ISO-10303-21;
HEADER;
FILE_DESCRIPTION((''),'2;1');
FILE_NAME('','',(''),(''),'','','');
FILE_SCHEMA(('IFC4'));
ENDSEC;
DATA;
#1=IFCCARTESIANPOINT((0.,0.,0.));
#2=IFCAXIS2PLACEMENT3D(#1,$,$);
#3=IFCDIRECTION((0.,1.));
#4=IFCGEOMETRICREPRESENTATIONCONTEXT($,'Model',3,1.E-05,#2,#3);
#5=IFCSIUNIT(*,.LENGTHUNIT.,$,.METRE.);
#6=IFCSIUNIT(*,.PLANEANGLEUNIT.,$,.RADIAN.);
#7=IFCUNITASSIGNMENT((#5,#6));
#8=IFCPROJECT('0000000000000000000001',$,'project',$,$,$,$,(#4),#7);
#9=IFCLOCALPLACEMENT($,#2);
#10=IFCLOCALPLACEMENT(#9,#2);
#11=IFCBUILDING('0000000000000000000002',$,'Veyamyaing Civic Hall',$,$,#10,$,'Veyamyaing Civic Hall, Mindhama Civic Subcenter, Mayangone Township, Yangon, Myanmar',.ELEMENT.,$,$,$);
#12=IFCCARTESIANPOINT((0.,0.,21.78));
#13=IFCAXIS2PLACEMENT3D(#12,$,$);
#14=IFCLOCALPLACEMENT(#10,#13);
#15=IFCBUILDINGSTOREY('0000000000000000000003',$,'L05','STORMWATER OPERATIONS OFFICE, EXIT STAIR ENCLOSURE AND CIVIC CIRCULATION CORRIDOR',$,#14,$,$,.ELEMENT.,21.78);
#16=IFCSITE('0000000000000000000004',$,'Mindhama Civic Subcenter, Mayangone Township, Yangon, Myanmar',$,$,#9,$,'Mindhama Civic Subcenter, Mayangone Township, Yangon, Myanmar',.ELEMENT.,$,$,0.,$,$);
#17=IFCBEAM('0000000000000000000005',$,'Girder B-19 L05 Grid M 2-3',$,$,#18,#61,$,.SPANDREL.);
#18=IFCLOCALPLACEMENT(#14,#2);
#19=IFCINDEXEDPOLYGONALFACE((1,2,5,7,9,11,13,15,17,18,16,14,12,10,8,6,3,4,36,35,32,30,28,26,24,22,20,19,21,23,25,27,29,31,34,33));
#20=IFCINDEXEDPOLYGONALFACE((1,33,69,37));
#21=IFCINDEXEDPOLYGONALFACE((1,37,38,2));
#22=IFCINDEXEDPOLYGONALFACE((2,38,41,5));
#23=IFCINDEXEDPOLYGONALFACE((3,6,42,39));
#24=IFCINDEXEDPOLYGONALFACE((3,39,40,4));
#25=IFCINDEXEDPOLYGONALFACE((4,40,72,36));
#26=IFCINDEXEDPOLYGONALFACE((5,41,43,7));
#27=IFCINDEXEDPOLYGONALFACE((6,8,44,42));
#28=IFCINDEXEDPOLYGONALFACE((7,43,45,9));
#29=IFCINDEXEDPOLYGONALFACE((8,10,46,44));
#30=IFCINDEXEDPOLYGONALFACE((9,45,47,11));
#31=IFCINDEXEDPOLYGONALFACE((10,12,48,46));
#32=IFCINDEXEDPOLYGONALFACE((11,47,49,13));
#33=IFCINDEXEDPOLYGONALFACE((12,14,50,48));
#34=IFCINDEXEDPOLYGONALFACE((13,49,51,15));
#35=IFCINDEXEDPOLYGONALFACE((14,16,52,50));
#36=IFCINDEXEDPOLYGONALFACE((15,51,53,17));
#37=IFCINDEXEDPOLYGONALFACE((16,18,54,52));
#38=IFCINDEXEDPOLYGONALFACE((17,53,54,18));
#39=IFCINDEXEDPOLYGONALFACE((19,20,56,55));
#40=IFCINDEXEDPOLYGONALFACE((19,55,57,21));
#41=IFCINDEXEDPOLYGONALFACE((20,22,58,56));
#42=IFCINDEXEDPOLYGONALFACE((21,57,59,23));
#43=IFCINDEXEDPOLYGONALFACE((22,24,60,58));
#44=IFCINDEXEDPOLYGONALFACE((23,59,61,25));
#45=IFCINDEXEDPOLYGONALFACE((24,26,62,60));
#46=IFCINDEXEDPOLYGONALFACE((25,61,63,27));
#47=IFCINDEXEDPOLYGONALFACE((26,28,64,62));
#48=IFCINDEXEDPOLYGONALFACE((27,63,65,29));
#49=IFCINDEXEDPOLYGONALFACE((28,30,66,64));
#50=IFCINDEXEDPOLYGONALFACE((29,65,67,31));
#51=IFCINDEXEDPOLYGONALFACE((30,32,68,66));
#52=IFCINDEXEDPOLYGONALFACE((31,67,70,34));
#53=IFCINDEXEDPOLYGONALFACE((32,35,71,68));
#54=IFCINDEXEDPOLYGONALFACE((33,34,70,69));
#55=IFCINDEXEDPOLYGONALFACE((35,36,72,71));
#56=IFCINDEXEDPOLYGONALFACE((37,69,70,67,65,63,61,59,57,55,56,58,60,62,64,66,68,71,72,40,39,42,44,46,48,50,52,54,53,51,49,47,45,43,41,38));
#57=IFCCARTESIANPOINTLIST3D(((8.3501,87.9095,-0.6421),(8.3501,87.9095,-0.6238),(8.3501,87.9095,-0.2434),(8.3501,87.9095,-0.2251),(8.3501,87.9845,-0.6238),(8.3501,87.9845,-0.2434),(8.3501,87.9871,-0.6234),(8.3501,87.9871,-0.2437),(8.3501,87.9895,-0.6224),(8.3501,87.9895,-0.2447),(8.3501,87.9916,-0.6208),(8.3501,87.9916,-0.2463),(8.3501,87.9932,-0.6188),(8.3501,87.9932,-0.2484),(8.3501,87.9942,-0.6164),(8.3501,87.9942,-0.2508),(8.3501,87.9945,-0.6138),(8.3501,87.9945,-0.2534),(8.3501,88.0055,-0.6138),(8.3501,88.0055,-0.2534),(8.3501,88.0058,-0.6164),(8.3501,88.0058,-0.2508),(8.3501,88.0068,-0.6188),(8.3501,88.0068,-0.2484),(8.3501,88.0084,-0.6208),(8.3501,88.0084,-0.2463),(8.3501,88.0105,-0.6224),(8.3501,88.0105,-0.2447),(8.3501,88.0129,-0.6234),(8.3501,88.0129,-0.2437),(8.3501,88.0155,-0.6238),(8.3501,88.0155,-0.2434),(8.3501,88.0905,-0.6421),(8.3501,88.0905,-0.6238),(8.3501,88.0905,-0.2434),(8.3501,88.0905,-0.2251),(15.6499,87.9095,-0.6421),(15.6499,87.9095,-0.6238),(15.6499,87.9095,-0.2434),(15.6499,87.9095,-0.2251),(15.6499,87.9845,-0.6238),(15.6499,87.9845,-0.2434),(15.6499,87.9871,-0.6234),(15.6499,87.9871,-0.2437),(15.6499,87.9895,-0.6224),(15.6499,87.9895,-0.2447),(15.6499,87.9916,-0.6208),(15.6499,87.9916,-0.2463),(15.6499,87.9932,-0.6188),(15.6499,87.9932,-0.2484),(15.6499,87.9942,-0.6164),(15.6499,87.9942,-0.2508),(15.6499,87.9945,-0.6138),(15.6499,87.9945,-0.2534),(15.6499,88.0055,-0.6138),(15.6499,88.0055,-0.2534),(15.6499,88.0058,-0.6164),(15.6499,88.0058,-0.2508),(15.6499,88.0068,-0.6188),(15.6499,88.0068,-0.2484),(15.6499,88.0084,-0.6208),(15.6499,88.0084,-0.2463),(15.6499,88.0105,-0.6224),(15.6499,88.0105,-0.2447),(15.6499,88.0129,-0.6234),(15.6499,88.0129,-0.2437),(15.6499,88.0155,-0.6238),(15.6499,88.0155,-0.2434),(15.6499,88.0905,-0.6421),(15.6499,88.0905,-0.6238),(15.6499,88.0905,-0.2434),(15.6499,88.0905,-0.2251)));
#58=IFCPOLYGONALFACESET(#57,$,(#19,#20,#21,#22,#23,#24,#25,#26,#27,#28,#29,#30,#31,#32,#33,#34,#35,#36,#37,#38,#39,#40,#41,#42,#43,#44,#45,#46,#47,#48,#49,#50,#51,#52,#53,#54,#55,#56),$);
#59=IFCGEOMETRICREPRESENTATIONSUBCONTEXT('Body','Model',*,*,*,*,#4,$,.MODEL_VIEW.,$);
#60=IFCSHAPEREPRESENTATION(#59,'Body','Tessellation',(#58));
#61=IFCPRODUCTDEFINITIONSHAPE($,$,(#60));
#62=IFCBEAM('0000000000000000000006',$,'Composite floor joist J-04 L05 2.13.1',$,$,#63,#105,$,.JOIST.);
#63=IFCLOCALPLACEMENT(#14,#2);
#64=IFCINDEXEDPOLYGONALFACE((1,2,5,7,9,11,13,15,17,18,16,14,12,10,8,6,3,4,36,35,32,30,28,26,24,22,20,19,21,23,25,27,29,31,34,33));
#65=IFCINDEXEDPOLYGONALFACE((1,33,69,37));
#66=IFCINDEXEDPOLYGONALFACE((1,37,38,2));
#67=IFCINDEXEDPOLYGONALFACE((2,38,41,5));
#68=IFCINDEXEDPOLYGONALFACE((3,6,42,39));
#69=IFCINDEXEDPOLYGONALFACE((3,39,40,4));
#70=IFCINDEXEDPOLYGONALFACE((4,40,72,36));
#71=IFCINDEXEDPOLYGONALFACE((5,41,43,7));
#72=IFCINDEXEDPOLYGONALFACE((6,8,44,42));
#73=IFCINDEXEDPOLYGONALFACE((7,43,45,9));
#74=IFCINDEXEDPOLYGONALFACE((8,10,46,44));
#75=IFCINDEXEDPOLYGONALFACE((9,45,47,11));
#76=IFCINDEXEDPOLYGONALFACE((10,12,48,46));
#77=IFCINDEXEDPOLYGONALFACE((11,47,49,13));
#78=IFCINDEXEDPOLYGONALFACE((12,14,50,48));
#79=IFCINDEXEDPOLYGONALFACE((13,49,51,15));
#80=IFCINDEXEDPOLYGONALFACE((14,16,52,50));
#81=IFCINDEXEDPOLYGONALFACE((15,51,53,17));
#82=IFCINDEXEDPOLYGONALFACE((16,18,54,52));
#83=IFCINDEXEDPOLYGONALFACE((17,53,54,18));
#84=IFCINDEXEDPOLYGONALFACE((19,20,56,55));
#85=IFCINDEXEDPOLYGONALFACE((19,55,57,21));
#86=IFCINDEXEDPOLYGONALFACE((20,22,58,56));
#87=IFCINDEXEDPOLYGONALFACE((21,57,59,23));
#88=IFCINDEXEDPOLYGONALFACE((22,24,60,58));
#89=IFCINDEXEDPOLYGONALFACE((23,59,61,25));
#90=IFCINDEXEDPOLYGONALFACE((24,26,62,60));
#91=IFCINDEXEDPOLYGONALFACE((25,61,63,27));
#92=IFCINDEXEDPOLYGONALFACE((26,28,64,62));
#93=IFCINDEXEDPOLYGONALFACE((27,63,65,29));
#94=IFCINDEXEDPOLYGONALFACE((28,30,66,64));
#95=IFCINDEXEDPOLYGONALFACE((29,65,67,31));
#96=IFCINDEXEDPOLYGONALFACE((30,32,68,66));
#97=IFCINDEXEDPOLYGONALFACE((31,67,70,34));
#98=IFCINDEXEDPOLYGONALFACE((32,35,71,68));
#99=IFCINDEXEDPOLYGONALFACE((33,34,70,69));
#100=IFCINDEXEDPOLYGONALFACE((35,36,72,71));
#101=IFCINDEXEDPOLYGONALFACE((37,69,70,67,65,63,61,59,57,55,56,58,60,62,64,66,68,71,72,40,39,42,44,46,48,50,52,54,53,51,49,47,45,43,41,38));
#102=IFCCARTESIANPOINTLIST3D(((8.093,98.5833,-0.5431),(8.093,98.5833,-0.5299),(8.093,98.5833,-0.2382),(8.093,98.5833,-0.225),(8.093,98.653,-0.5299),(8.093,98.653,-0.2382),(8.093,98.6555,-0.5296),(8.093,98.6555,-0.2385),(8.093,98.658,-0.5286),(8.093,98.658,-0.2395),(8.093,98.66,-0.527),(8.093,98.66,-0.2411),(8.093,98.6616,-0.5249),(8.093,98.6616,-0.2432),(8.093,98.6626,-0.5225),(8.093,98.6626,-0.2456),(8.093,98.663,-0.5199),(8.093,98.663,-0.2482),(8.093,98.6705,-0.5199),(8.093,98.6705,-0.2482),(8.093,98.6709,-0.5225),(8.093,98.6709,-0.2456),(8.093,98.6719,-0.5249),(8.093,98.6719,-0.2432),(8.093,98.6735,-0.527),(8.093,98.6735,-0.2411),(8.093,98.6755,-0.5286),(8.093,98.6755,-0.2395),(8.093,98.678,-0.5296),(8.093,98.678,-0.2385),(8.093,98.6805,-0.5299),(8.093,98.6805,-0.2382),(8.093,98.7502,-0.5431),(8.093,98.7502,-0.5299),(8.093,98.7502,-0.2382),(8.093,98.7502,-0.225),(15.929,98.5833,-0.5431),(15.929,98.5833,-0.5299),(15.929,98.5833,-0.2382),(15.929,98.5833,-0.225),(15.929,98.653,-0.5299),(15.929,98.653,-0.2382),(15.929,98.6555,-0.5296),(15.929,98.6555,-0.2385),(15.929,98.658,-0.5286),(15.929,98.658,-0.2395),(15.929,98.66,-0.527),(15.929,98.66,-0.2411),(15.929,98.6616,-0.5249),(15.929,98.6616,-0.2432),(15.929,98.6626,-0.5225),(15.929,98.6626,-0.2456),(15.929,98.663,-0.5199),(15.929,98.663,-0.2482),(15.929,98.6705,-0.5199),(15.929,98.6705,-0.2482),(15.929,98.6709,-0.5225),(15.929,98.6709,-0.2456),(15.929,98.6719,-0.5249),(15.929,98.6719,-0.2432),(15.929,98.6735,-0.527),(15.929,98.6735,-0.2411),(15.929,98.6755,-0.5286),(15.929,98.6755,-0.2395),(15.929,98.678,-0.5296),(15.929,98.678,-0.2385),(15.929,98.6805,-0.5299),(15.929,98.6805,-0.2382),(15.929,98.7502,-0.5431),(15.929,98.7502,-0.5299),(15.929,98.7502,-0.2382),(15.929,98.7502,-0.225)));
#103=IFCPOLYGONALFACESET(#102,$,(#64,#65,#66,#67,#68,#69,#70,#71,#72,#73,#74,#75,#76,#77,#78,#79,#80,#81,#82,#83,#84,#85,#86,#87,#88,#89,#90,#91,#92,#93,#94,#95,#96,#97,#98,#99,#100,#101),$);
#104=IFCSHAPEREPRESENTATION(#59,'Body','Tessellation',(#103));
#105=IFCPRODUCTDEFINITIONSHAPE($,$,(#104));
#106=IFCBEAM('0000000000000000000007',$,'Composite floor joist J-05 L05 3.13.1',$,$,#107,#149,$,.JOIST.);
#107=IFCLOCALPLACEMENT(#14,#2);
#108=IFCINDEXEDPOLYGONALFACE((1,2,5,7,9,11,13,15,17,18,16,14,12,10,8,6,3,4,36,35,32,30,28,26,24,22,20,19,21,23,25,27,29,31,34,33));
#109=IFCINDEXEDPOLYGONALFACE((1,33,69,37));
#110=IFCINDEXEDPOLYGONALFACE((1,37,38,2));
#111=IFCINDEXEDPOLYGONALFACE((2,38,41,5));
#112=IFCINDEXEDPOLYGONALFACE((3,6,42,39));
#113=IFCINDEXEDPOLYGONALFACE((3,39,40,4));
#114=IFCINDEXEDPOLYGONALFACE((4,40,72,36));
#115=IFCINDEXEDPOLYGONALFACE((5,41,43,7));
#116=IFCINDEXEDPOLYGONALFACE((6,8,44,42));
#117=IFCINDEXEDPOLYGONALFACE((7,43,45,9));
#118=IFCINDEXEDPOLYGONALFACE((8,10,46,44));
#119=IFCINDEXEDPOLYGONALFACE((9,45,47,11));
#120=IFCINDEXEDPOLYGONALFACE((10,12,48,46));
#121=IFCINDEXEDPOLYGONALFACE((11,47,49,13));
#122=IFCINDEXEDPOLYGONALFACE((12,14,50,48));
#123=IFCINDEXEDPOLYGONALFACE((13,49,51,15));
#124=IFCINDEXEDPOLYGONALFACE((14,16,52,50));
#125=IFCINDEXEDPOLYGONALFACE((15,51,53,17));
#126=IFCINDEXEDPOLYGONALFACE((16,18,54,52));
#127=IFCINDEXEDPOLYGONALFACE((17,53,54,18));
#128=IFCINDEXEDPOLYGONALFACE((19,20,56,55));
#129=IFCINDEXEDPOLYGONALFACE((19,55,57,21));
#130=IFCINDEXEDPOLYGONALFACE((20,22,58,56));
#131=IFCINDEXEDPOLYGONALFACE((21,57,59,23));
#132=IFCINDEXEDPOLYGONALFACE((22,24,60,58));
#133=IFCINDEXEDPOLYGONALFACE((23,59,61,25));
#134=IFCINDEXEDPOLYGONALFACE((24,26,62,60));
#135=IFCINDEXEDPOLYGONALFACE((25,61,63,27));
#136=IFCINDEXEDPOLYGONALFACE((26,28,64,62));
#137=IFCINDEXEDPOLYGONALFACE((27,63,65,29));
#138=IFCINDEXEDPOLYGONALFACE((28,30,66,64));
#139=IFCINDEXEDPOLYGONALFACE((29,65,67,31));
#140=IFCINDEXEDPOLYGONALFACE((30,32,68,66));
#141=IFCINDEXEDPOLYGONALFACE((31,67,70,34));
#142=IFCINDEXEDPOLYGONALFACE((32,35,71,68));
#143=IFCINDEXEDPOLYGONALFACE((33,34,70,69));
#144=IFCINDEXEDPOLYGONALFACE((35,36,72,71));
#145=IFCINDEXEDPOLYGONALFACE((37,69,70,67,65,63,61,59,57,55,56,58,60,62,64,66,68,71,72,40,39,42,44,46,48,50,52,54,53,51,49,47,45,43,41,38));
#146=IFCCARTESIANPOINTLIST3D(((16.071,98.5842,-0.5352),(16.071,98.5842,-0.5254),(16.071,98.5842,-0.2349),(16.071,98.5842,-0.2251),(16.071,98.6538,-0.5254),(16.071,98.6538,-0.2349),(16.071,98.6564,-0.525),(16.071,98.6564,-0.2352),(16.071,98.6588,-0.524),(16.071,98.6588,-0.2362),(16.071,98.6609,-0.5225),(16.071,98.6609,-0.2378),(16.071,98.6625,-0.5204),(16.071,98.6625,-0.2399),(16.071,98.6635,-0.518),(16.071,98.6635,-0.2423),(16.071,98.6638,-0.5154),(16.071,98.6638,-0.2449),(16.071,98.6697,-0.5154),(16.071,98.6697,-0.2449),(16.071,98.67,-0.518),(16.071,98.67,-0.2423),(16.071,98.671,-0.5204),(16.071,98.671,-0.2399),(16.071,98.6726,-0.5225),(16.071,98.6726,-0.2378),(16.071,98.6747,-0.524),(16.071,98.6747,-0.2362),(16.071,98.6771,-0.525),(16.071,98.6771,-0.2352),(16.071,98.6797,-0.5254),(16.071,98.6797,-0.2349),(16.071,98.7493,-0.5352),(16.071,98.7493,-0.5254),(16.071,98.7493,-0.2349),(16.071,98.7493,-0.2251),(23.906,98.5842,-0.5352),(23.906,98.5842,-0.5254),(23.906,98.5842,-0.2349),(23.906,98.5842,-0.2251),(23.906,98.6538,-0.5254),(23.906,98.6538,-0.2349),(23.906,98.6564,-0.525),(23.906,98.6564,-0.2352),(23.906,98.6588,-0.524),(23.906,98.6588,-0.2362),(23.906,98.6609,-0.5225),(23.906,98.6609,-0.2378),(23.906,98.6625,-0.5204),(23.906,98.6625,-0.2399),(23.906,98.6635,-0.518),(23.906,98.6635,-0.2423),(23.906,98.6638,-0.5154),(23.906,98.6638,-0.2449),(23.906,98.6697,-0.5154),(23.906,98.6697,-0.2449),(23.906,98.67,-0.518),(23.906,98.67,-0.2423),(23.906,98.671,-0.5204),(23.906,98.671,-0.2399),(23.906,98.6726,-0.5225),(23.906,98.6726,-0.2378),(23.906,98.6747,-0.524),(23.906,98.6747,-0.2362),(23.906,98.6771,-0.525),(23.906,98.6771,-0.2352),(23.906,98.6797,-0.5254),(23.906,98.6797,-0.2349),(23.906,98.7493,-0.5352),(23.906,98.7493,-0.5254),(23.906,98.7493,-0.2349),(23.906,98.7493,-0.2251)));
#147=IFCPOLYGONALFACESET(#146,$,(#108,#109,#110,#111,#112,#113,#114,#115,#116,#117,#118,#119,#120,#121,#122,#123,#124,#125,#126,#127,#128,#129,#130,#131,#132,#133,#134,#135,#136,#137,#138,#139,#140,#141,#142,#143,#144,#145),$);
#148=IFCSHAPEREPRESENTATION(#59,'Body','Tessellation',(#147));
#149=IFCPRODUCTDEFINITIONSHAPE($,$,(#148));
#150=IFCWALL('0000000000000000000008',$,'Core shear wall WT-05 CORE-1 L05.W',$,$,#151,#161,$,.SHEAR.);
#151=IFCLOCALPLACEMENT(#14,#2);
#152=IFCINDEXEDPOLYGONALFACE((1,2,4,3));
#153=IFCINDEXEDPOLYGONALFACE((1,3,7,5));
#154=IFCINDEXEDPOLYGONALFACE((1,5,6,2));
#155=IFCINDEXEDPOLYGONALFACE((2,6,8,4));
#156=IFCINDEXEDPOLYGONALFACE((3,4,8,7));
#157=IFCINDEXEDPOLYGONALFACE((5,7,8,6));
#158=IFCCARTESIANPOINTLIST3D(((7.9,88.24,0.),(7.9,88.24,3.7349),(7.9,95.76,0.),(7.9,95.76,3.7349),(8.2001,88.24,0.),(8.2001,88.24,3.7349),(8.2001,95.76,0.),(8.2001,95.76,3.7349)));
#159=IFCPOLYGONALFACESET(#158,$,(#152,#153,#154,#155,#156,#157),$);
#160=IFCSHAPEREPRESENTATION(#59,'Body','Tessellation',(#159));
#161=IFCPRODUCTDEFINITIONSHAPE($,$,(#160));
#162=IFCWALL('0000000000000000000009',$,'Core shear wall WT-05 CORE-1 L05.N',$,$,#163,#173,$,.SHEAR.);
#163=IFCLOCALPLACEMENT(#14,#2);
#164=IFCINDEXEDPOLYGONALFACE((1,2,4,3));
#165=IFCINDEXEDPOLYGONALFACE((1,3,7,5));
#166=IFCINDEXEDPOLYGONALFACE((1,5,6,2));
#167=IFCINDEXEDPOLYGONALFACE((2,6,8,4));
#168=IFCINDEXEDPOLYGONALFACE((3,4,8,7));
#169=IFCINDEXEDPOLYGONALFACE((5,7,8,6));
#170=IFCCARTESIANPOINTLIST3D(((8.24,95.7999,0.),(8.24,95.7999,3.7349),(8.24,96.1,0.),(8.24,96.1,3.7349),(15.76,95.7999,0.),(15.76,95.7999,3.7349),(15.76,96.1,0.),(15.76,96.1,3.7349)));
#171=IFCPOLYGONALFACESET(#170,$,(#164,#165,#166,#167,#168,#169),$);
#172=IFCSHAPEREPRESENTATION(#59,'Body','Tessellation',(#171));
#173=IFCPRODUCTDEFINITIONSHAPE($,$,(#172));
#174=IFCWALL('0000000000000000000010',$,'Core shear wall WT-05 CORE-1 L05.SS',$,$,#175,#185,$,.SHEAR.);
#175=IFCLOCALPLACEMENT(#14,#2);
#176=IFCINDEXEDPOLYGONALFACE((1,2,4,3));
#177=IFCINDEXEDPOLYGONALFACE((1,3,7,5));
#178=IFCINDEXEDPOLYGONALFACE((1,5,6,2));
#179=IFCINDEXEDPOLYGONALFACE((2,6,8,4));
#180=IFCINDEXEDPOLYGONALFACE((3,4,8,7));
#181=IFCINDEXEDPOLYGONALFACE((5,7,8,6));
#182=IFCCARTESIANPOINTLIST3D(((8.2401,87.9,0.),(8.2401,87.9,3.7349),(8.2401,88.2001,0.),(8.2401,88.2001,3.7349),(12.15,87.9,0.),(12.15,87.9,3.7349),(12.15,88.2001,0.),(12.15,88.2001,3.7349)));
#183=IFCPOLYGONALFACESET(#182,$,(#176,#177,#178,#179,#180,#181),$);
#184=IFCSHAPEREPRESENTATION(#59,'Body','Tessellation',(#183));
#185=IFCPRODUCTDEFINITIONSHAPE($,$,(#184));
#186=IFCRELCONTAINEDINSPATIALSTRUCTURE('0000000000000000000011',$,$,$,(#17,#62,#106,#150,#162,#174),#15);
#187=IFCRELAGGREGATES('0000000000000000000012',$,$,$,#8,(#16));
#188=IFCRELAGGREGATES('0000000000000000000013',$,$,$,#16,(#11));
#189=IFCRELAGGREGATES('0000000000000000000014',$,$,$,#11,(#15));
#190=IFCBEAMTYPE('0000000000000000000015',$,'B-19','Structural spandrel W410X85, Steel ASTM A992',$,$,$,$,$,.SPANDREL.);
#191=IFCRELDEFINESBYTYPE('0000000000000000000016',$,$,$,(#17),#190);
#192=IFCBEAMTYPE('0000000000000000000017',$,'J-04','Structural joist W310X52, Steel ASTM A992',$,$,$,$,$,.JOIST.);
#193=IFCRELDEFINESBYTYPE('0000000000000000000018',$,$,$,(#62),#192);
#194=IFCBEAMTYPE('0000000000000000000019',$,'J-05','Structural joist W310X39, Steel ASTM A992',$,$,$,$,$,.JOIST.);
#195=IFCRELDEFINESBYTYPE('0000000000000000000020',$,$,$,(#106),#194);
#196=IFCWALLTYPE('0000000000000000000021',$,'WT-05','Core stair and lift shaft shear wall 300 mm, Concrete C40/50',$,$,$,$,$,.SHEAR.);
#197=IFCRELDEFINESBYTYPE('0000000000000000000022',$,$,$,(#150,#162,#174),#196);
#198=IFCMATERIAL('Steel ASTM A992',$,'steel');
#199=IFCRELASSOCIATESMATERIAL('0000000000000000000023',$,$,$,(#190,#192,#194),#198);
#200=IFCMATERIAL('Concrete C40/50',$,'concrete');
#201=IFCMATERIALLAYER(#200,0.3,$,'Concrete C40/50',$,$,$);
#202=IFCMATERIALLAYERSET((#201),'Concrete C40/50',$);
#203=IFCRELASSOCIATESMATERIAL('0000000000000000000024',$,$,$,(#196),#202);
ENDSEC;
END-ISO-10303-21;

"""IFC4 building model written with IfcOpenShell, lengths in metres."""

from ifc_helpers import new_model, si_unit, direction, frame, frame_2d, origin, origin_2d, place, context, subcontext, project, spatial, rectangle, i_section, extrude, material, layer, layer_set, material_profile, profile_set, type_object, element, save


model = new_model("IFC4")

# Units and contexts
model_context = context("Model", 3, precision=1e-05, world=origin(), true_north=direction((0.0, 1.0)))
body_context = subcontext(model_context, "Body", "Model", "MODEL_VIEW")
ifc_project = project(units=[si_unit("LENGTHUNIT", "METRE"), si_unit("PLANEANGLEUNIT", "RADIAN")], contexts=[model_context])

# Site, building, storey
site_placement = place(None, origin())
site = spatial("IfcSite", under=ifc_project, at=site_placement, Name="Mindhama Civic Subcenter, Mayangone Township, Yangon, Myanmar", LongName="Mindhama Civic Subcenter, Mayangone Township, Yangon, Myanmar", CompositionType="ELEMENT", RefElevation=0.0)
building_placement = place(site_placement, origin())
building = spatial("IfcBuilding", under=site, at=building_placement, Name="Veyamyaing Civic Hall", LongName="Veyamyaing Civic Hall, Mindhama Civic Subcenter, Mayangone Township, Yangon, Myanmar", CompositionType="ELEMENT")
storey_placement = place(building_placement, frame((0.0, 0.0, 21.78)))
storey = spatial("IfcBuildingStorey", under=building, at=storey_placement, Name="L05", Description="STORMWATER OPERATIONS OFFICE, EXIT STAIR ENCLOSURE AND CIVIC CIRCULATION CORRIDOR", CompositionType="ELEMENT", Elevation=21.78)

# Beams
ifc_material_1 = material(Name="Steel ASTM A992", Category="steel")
ifc_material_profile_1 = material_profile(ifc_material_1, i_section(OverallWidth=0.1809, OverallDepth=0.417, WebThickness=0.011, FlangeThickness=0.0183, FilletRadius=0.01, at=origin_2d()), Name="W410X85")
ifc_profile_set_1 = profile_set([ifc_material_profile_1], Name="Steel ASTM A992")
beam_type_1 = type_object("IfcBeamType", Name="B-19", Description="Structural spandrel W410X85, Steel ASTM A992", PredefinedType="SPANDREL", material=ifc_profile_set_1)
beam_1_placement = place(storey_placement, frame((8.3501, 88.0, -0.4336), z_axis=(1.0, 0.0, 0.0), x_axis=(0.0, 1.0, 0.0)))
element("IfcBeam", 1, at=beam_1_placement, inside=storey, type_object=beam_type_1, Name="Girder B-19 L05 Grid M 2-3", PredefinedType="SPANDREL", context=body_context, shape_type="SweptSolid", body=[
    extrude(i_section(OverallWidth=0.1809, OverallDepth=0.417, WebThickness=0.011, FlangeThickness=0.0183, FilletRadius=0.01, at=origin_2d()), origin(), (0.0, 0.0, 1.0), 7.2998),
])
ifc_material_profile_2 = material_profile(ifc_material_1, i_section(OverallWidth=0.167, OverallDepth=0.3181, WebThickness=0.0076, FlangeThickness=0.0132, FilletRadius=0.01, at=origin_2d()), Name="W310X52")
ifc_profile_set_2 = profile_set([ifc_material_profile_2], Name="Steel ASTM A992")
beam_type_2 = type_object("IfcBeamType", Name="J-04", Description="Structural joist W310X52, Steel ASTM A992", PredefinedType="JOIST", material=ifc_profile_set_2)
beam_2_placement = place(storey_placement, frame((8.093, 98.6667, -0.384), z_axis=(1.0, 0.0, 0.0), x_axis=(0.0, 1.0, 0.0)))
element("IfcBeam", 2, at=beam_2_placement, inside=storey, type_object=beam_type_2, Name="Composite floor joist J-04 L05 2.13.1", PredefinedType="JOIST", context=body_context, shape_type="SweptSolid", body=[
    extrude(i_section(OverallWidth=0.167, OverallDepth=0.3181, WebThickness=0.0076, FlangeThickness=0.0132, FilletRadius=0.01, at=origin_2d()), origin(), (0.0, 0.0, 1.0), 7.8359),
])
ifc_material_profile_3 = material_profile(ifc_material_1, i_section(OverallWidth=0.165, OverallDepth=0.3101, WebThickness=0.0059, FlangeThickness=0.0098, FilletRadius=0.01, at=origin_2d()), Name="W310X39")
ifc_profile_set_3 = profile_set([ifc_material_profile_3], Name="Steel ASTM A992")
beam_type_3 = type_object("IfcBeamType", Name="J-05", Description="Structural joist W310X39, Steel ASTM A992", PredefinedType="JOIST", material=ifc_profile_set_3)
beam_3_placement = place(storey_placement, frame((16.071, 98.6667, -0.3801), z_axis=(1.0, 0.0, 0.0), x_axis=(0.0, 1.0, 0.0)))
element("IfcBeam", 3, at=beam_3_placement, inside=storey, type_object=beam_type_3, Name="Composite floor joist J-05 L05 3.13.1", PredefinedType="JOIST", context=body_context, shape_type="SweptSolid", body=[
    extrude(i_section(OverallWidth=0.165, OverallDepth=0.3101, WebThickness=0.0059, FlangeThickness=0.0098, FilletRadius=0.01, at=origin_2d()), origin(), (0.0, 0.0, 1.0), 7.835),
])

# Walls
ifc_material_2 = material(Name="Concrete C40/50", Category="concrete")
ifc_layer_1 = layer(ifc_material_2, 0.3, Name="Concrete C40/50")
ifc_layer_set_1 = layer_set([ifc_layer_1], Name="Concrete C40/50")
wall_type_1 = type_object("IfcWallType", Name="WT-05", Description="Core stair and lift shaft shear wall 300 mm, Concrete C40/50", PredefinedType="SHEAR", material=ifc_layer_set_1)
for number, where, z_axis, x_axis, name in (
    (4, (8.05, 88.24, 0.0), (0.0, 0.0, 1.0), (0.0, 1.0, 0.0), "Core shear wall WT-05 CORE-1 L05.W"),
    (5, (8.24, 95.95, 0.0), (0.0, 0.0, 1.0), (1.0, 0.0, 0.0), "Core shear wall WT-05 CORE-1 L05.N"),
):
    element("IfcWall", number, at=place(storey_placement, frame(where, z_axis=z_axis, x_axis=x_axis)), inside=storey, type_object=wall_type_1, Name=name, PredefinedType="SHEAR", context=body_context, shape_type="SweptSolid", body=[
        extrude(rectangle(XDim=7.52, YDim=0.3, at=frame_2d((3.76, 0.0))), origin(), (0.0, 0.0, 1.0), 3.7349),
    ])

# Wall
wall_1_placement = place(storey_placement, frame((8.24, 88.05, 0.0), z_axis=(0.0, 0.0, 1.0), x_axis=(1.0, 0.0, 0.0)))
element("IfcWall", 6, at=wall_1_placement, inside=storey, type_object=wall_type_1, Name="Core shear wall WT-05 CORE-1 L05.SS", PredefinedType="SHEAR", context=body_context, shape_type="SweptSolid", body=[
    extrude(rectangle(XDim=3.9099, YDim=0.3, at=frame_2d((1.9551, 0.0))), origin(), (0.0, 0.0, 1.0), 3.7349),
])

save(model, "model.ifc")
